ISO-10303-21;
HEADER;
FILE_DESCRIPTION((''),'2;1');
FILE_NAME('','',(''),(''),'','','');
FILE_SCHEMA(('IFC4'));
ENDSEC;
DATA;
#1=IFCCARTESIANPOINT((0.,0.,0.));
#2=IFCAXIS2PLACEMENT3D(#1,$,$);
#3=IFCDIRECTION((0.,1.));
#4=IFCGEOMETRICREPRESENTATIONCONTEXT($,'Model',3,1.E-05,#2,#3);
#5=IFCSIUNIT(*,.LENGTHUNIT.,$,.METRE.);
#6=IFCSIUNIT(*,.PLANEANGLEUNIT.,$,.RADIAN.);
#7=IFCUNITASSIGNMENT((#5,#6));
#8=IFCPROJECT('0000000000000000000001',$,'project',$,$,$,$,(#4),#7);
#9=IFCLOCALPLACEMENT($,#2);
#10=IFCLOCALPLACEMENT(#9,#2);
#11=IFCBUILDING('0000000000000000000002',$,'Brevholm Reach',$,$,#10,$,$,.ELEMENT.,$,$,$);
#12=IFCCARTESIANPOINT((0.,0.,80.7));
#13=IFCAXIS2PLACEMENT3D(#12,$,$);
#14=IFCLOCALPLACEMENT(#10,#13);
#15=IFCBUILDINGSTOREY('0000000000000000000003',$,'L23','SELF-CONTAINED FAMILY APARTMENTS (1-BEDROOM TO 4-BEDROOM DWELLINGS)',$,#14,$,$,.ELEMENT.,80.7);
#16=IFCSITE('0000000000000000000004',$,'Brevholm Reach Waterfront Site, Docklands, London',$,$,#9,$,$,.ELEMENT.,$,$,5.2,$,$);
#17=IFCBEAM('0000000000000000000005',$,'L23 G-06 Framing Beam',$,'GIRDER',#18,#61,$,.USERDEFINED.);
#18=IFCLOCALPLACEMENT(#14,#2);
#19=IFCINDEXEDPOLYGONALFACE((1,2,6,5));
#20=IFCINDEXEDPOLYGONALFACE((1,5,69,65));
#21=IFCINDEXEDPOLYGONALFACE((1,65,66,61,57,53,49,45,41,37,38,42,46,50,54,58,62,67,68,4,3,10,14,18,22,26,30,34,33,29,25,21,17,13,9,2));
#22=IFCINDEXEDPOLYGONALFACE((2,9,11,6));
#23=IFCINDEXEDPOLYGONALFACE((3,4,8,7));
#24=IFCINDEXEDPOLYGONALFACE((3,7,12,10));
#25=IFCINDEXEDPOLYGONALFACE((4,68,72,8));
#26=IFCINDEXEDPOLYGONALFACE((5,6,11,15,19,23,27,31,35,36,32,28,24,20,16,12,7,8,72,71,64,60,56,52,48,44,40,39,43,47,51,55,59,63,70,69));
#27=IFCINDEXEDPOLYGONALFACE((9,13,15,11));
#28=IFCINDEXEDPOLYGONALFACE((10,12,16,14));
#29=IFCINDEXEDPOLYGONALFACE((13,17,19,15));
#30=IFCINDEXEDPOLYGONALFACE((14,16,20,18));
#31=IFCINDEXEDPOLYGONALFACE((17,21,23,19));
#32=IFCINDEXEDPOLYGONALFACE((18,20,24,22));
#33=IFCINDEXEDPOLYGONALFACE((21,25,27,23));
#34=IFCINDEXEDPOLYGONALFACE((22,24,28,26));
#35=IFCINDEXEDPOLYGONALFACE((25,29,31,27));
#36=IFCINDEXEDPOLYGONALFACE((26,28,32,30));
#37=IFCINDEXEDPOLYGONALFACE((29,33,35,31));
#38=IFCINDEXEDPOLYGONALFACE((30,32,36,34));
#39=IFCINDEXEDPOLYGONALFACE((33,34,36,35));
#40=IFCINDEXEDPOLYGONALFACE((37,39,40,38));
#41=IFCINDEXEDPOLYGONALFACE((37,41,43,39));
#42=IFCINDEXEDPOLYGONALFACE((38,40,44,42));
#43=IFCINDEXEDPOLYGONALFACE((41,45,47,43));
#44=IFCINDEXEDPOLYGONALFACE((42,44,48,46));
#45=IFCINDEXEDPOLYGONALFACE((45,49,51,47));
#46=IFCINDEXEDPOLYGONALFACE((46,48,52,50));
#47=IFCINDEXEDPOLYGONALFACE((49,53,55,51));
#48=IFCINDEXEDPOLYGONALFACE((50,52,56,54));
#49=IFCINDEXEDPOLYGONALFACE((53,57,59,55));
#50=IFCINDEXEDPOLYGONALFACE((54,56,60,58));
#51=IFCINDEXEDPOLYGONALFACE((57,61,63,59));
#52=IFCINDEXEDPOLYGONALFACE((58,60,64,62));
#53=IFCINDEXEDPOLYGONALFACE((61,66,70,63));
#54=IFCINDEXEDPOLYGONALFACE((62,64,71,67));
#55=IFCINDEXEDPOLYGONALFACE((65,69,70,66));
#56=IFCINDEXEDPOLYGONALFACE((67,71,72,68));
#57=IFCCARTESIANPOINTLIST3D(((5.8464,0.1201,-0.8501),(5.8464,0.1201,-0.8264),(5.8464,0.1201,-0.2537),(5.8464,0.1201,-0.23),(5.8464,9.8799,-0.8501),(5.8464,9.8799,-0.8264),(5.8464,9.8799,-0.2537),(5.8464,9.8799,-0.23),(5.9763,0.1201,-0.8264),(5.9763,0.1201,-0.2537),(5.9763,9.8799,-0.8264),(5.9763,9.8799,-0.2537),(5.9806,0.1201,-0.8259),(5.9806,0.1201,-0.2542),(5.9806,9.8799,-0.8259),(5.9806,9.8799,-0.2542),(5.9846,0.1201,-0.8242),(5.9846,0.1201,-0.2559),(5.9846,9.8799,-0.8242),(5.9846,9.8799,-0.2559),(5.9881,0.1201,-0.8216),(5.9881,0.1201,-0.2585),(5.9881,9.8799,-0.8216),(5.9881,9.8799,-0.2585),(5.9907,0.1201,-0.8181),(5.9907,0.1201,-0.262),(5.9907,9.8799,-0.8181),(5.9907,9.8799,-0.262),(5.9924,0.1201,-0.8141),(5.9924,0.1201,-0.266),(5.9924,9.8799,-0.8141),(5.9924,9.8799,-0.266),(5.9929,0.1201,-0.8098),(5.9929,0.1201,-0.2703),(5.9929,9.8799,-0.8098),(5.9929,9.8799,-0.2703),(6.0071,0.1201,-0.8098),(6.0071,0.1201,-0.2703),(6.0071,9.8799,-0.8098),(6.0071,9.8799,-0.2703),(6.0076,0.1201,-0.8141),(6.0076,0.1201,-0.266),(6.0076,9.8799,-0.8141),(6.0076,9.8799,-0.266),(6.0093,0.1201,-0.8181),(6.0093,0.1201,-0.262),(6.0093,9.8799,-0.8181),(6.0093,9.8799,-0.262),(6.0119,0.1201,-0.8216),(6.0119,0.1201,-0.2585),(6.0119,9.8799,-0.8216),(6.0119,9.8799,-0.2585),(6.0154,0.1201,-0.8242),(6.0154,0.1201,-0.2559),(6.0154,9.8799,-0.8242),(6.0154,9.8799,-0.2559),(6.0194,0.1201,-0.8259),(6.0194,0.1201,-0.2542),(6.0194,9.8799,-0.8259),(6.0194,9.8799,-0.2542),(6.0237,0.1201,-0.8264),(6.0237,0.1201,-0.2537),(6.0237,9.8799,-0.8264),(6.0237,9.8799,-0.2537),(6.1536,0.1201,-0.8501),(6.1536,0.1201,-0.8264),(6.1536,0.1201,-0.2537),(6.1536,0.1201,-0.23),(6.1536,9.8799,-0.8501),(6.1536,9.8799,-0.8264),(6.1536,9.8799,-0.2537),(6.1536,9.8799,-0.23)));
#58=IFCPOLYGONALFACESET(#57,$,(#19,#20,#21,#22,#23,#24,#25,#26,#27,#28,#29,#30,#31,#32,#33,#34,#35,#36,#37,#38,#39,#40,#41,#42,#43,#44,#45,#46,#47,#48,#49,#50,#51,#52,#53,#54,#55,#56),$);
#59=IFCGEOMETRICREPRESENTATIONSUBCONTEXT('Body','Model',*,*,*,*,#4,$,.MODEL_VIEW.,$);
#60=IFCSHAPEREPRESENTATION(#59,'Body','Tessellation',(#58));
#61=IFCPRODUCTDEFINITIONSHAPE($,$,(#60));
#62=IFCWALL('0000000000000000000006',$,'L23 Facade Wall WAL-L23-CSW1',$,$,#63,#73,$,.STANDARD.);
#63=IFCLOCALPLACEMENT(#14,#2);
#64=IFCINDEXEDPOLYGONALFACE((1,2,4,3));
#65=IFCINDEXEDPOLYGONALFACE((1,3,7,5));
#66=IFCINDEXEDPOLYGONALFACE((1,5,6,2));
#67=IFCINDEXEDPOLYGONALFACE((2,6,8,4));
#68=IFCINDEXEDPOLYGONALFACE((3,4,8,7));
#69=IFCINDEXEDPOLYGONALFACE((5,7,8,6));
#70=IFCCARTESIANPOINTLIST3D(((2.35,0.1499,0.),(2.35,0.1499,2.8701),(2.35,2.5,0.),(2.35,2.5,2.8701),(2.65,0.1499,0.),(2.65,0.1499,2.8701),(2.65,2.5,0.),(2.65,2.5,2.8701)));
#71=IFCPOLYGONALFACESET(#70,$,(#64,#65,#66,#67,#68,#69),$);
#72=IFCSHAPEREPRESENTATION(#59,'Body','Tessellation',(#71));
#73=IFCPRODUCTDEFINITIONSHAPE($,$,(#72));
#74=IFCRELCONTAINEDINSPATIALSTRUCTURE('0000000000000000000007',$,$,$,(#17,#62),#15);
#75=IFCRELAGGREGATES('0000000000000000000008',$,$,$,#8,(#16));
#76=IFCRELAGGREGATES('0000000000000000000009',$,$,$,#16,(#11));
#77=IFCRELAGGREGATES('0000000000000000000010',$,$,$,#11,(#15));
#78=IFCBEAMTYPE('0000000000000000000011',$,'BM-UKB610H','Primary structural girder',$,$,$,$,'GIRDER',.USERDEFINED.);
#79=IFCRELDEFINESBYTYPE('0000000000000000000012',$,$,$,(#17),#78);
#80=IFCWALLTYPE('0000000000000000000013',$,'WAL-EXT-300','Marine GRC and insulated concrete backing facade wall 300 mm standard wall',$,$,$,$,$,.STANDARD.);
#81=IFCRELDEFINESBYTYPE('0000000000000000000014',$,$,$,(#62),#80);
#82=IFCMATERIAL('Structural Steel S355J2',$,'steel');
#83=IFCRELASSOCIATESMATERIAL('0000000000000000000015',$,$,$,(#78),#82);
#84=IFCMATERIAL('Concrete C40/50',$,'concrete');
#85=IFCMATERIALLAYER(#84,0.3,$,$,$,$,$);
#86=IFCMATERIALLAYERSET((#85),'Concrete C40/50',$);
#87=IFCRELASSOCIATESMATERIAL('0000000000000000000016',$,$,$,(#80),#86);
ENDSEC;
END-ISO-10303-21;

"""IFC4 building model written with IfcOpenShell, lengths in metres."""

from ifc_helpers import new_model, si_unit, direction, frame, frame_2d, origin, origin_2d, place, context, subcontext, project, spatial, rectangle, i_section, extrude, material, layer, layer_set, material_profile, profile_set, type_object, element, save


model = new_model("IFC4")

# Units and contexts
model_context = context("Model", 3, precision=1e-05, world=origin(), true_north=direction((0.0, 1.0)))
body_context = subcontext(model_context, "Body", "Model", "MODEL_VIEW")
ifc_project = project(units=[si_unit("LENGTHUNIT", "METRE"), si_unit("PLANEANGLEUNIT", "RADIAN")], contexts=[model_context])

# Site, building, storey
site_placement = place(None, origin())
site = spatial("IfcSite", under=ifc_project, at=site_placement, Name="Brevholm Reach Waterfront Site, Docklands, London", CompositionType="ELEMENT", RefElevation=5.2)
building_placement = place(site_placement, origin())
building = spatial("IfcBuilding", under=site, at=building_placement, Name="Brevholm Reach", CompositionType="ELEMENT")
storey_placement = place(building_placement, frame((0.0, 0.0, 80.7)))
storey = spatial("IfcBuildingStorey", under=building, at=storey_placement, Name="L23", Description="SELF-CONTAINED FAMILY APARTMENTS (1-BEDROOM TO 4-BEDROOM DWELLINGS)", CompositionType="ELEMENT", Elevation=80.7)

# Beam
ifc_material_1 = material(Name="Structural Steel S355J2", Category="steel")
ifc_material_profile_1 = material_profile(ifc_material_1, i_section(OverallWidth=0.3071, OverallDepth=0.6201, WebThickness=0.0142, FlangeThickness=0.0237, FilletRadius=0.0166, at=origin_2d()), Name="UKB 610x305x179")
ifc_profile_set_1 = profile_set([ifc_material_profile_1], Name="Structural Steel S355J2")
beam_type_1 = type_object("IfcBeamType", Name="BM-UKB610H", Description="Primary structural girder", ElementType="GIRDER", PredefinedType="USERDEFINED", material=ifc_profile_set_1)
beam_1_placement = place(storey_placement, frame((6.0, 0.1201, -0.54), z_axis=(0.0, 1.0, 0.0), x_axis=(-1.0, 0.0, 0.0)))
element("IfcBeam", 1, at=beam_1_placement, inside=storey, type_object=beam_type_1, Name="L23 G-06 Framing Beam", ObjectType="GIRDER", PredefinedType="USERDEFINED", context=body_context, shape_type="SweptSolid", body=[
    extrude(i_section(OverallWidth=0.3071, OverallDepth=0.6201, WebThickness=0.0142, FlangeThickness=0.0237, FilletRadius=0.0166, at=origin_2d()), origin(), (0.0, 0.0, 1.0), 9.7598),
])

# Wall
ifc_material_2 = material(Name="Concrete C40/50", Category="concrete")
ifc_layer_1 = layer(ifc_material_2, 0.3)
ifc_layer_set_1 = layer_set([ifc_layer_1], Name="Concrete C40/50")
wall_type_1 = type_object("IfcWallType", Name="WAL-EXT-300", Description="Marine GRC and insulated concrete backing facade wall 300 mm standard wall", PredefinedType="STANDARD", material=ifc_layer_set_1)
wall_1_placement = place(storey_placement, frame((2.5, 2.5, 0.0), z_axis=(0.0, 0.0, 1.0), x_axis=(0.0, -1.0, 0.0)))
element("IfcWall", 2, at=wall_1_placement, inside=storey, type_object=wall_type_1, Name="L23 Facade Wall WAL-L23-CSW1", PredefinedType="STANDARD", context=body_context, shape_type="SweptSolid", body=[
    extrude(rectangle(XDim=2.3501, YDim=0.3, at=frame_2d((1.175, 0.0))), origin(), (0.0, 0.0, 1.0), 2.8701),
])

save(model, "model.ifc")
